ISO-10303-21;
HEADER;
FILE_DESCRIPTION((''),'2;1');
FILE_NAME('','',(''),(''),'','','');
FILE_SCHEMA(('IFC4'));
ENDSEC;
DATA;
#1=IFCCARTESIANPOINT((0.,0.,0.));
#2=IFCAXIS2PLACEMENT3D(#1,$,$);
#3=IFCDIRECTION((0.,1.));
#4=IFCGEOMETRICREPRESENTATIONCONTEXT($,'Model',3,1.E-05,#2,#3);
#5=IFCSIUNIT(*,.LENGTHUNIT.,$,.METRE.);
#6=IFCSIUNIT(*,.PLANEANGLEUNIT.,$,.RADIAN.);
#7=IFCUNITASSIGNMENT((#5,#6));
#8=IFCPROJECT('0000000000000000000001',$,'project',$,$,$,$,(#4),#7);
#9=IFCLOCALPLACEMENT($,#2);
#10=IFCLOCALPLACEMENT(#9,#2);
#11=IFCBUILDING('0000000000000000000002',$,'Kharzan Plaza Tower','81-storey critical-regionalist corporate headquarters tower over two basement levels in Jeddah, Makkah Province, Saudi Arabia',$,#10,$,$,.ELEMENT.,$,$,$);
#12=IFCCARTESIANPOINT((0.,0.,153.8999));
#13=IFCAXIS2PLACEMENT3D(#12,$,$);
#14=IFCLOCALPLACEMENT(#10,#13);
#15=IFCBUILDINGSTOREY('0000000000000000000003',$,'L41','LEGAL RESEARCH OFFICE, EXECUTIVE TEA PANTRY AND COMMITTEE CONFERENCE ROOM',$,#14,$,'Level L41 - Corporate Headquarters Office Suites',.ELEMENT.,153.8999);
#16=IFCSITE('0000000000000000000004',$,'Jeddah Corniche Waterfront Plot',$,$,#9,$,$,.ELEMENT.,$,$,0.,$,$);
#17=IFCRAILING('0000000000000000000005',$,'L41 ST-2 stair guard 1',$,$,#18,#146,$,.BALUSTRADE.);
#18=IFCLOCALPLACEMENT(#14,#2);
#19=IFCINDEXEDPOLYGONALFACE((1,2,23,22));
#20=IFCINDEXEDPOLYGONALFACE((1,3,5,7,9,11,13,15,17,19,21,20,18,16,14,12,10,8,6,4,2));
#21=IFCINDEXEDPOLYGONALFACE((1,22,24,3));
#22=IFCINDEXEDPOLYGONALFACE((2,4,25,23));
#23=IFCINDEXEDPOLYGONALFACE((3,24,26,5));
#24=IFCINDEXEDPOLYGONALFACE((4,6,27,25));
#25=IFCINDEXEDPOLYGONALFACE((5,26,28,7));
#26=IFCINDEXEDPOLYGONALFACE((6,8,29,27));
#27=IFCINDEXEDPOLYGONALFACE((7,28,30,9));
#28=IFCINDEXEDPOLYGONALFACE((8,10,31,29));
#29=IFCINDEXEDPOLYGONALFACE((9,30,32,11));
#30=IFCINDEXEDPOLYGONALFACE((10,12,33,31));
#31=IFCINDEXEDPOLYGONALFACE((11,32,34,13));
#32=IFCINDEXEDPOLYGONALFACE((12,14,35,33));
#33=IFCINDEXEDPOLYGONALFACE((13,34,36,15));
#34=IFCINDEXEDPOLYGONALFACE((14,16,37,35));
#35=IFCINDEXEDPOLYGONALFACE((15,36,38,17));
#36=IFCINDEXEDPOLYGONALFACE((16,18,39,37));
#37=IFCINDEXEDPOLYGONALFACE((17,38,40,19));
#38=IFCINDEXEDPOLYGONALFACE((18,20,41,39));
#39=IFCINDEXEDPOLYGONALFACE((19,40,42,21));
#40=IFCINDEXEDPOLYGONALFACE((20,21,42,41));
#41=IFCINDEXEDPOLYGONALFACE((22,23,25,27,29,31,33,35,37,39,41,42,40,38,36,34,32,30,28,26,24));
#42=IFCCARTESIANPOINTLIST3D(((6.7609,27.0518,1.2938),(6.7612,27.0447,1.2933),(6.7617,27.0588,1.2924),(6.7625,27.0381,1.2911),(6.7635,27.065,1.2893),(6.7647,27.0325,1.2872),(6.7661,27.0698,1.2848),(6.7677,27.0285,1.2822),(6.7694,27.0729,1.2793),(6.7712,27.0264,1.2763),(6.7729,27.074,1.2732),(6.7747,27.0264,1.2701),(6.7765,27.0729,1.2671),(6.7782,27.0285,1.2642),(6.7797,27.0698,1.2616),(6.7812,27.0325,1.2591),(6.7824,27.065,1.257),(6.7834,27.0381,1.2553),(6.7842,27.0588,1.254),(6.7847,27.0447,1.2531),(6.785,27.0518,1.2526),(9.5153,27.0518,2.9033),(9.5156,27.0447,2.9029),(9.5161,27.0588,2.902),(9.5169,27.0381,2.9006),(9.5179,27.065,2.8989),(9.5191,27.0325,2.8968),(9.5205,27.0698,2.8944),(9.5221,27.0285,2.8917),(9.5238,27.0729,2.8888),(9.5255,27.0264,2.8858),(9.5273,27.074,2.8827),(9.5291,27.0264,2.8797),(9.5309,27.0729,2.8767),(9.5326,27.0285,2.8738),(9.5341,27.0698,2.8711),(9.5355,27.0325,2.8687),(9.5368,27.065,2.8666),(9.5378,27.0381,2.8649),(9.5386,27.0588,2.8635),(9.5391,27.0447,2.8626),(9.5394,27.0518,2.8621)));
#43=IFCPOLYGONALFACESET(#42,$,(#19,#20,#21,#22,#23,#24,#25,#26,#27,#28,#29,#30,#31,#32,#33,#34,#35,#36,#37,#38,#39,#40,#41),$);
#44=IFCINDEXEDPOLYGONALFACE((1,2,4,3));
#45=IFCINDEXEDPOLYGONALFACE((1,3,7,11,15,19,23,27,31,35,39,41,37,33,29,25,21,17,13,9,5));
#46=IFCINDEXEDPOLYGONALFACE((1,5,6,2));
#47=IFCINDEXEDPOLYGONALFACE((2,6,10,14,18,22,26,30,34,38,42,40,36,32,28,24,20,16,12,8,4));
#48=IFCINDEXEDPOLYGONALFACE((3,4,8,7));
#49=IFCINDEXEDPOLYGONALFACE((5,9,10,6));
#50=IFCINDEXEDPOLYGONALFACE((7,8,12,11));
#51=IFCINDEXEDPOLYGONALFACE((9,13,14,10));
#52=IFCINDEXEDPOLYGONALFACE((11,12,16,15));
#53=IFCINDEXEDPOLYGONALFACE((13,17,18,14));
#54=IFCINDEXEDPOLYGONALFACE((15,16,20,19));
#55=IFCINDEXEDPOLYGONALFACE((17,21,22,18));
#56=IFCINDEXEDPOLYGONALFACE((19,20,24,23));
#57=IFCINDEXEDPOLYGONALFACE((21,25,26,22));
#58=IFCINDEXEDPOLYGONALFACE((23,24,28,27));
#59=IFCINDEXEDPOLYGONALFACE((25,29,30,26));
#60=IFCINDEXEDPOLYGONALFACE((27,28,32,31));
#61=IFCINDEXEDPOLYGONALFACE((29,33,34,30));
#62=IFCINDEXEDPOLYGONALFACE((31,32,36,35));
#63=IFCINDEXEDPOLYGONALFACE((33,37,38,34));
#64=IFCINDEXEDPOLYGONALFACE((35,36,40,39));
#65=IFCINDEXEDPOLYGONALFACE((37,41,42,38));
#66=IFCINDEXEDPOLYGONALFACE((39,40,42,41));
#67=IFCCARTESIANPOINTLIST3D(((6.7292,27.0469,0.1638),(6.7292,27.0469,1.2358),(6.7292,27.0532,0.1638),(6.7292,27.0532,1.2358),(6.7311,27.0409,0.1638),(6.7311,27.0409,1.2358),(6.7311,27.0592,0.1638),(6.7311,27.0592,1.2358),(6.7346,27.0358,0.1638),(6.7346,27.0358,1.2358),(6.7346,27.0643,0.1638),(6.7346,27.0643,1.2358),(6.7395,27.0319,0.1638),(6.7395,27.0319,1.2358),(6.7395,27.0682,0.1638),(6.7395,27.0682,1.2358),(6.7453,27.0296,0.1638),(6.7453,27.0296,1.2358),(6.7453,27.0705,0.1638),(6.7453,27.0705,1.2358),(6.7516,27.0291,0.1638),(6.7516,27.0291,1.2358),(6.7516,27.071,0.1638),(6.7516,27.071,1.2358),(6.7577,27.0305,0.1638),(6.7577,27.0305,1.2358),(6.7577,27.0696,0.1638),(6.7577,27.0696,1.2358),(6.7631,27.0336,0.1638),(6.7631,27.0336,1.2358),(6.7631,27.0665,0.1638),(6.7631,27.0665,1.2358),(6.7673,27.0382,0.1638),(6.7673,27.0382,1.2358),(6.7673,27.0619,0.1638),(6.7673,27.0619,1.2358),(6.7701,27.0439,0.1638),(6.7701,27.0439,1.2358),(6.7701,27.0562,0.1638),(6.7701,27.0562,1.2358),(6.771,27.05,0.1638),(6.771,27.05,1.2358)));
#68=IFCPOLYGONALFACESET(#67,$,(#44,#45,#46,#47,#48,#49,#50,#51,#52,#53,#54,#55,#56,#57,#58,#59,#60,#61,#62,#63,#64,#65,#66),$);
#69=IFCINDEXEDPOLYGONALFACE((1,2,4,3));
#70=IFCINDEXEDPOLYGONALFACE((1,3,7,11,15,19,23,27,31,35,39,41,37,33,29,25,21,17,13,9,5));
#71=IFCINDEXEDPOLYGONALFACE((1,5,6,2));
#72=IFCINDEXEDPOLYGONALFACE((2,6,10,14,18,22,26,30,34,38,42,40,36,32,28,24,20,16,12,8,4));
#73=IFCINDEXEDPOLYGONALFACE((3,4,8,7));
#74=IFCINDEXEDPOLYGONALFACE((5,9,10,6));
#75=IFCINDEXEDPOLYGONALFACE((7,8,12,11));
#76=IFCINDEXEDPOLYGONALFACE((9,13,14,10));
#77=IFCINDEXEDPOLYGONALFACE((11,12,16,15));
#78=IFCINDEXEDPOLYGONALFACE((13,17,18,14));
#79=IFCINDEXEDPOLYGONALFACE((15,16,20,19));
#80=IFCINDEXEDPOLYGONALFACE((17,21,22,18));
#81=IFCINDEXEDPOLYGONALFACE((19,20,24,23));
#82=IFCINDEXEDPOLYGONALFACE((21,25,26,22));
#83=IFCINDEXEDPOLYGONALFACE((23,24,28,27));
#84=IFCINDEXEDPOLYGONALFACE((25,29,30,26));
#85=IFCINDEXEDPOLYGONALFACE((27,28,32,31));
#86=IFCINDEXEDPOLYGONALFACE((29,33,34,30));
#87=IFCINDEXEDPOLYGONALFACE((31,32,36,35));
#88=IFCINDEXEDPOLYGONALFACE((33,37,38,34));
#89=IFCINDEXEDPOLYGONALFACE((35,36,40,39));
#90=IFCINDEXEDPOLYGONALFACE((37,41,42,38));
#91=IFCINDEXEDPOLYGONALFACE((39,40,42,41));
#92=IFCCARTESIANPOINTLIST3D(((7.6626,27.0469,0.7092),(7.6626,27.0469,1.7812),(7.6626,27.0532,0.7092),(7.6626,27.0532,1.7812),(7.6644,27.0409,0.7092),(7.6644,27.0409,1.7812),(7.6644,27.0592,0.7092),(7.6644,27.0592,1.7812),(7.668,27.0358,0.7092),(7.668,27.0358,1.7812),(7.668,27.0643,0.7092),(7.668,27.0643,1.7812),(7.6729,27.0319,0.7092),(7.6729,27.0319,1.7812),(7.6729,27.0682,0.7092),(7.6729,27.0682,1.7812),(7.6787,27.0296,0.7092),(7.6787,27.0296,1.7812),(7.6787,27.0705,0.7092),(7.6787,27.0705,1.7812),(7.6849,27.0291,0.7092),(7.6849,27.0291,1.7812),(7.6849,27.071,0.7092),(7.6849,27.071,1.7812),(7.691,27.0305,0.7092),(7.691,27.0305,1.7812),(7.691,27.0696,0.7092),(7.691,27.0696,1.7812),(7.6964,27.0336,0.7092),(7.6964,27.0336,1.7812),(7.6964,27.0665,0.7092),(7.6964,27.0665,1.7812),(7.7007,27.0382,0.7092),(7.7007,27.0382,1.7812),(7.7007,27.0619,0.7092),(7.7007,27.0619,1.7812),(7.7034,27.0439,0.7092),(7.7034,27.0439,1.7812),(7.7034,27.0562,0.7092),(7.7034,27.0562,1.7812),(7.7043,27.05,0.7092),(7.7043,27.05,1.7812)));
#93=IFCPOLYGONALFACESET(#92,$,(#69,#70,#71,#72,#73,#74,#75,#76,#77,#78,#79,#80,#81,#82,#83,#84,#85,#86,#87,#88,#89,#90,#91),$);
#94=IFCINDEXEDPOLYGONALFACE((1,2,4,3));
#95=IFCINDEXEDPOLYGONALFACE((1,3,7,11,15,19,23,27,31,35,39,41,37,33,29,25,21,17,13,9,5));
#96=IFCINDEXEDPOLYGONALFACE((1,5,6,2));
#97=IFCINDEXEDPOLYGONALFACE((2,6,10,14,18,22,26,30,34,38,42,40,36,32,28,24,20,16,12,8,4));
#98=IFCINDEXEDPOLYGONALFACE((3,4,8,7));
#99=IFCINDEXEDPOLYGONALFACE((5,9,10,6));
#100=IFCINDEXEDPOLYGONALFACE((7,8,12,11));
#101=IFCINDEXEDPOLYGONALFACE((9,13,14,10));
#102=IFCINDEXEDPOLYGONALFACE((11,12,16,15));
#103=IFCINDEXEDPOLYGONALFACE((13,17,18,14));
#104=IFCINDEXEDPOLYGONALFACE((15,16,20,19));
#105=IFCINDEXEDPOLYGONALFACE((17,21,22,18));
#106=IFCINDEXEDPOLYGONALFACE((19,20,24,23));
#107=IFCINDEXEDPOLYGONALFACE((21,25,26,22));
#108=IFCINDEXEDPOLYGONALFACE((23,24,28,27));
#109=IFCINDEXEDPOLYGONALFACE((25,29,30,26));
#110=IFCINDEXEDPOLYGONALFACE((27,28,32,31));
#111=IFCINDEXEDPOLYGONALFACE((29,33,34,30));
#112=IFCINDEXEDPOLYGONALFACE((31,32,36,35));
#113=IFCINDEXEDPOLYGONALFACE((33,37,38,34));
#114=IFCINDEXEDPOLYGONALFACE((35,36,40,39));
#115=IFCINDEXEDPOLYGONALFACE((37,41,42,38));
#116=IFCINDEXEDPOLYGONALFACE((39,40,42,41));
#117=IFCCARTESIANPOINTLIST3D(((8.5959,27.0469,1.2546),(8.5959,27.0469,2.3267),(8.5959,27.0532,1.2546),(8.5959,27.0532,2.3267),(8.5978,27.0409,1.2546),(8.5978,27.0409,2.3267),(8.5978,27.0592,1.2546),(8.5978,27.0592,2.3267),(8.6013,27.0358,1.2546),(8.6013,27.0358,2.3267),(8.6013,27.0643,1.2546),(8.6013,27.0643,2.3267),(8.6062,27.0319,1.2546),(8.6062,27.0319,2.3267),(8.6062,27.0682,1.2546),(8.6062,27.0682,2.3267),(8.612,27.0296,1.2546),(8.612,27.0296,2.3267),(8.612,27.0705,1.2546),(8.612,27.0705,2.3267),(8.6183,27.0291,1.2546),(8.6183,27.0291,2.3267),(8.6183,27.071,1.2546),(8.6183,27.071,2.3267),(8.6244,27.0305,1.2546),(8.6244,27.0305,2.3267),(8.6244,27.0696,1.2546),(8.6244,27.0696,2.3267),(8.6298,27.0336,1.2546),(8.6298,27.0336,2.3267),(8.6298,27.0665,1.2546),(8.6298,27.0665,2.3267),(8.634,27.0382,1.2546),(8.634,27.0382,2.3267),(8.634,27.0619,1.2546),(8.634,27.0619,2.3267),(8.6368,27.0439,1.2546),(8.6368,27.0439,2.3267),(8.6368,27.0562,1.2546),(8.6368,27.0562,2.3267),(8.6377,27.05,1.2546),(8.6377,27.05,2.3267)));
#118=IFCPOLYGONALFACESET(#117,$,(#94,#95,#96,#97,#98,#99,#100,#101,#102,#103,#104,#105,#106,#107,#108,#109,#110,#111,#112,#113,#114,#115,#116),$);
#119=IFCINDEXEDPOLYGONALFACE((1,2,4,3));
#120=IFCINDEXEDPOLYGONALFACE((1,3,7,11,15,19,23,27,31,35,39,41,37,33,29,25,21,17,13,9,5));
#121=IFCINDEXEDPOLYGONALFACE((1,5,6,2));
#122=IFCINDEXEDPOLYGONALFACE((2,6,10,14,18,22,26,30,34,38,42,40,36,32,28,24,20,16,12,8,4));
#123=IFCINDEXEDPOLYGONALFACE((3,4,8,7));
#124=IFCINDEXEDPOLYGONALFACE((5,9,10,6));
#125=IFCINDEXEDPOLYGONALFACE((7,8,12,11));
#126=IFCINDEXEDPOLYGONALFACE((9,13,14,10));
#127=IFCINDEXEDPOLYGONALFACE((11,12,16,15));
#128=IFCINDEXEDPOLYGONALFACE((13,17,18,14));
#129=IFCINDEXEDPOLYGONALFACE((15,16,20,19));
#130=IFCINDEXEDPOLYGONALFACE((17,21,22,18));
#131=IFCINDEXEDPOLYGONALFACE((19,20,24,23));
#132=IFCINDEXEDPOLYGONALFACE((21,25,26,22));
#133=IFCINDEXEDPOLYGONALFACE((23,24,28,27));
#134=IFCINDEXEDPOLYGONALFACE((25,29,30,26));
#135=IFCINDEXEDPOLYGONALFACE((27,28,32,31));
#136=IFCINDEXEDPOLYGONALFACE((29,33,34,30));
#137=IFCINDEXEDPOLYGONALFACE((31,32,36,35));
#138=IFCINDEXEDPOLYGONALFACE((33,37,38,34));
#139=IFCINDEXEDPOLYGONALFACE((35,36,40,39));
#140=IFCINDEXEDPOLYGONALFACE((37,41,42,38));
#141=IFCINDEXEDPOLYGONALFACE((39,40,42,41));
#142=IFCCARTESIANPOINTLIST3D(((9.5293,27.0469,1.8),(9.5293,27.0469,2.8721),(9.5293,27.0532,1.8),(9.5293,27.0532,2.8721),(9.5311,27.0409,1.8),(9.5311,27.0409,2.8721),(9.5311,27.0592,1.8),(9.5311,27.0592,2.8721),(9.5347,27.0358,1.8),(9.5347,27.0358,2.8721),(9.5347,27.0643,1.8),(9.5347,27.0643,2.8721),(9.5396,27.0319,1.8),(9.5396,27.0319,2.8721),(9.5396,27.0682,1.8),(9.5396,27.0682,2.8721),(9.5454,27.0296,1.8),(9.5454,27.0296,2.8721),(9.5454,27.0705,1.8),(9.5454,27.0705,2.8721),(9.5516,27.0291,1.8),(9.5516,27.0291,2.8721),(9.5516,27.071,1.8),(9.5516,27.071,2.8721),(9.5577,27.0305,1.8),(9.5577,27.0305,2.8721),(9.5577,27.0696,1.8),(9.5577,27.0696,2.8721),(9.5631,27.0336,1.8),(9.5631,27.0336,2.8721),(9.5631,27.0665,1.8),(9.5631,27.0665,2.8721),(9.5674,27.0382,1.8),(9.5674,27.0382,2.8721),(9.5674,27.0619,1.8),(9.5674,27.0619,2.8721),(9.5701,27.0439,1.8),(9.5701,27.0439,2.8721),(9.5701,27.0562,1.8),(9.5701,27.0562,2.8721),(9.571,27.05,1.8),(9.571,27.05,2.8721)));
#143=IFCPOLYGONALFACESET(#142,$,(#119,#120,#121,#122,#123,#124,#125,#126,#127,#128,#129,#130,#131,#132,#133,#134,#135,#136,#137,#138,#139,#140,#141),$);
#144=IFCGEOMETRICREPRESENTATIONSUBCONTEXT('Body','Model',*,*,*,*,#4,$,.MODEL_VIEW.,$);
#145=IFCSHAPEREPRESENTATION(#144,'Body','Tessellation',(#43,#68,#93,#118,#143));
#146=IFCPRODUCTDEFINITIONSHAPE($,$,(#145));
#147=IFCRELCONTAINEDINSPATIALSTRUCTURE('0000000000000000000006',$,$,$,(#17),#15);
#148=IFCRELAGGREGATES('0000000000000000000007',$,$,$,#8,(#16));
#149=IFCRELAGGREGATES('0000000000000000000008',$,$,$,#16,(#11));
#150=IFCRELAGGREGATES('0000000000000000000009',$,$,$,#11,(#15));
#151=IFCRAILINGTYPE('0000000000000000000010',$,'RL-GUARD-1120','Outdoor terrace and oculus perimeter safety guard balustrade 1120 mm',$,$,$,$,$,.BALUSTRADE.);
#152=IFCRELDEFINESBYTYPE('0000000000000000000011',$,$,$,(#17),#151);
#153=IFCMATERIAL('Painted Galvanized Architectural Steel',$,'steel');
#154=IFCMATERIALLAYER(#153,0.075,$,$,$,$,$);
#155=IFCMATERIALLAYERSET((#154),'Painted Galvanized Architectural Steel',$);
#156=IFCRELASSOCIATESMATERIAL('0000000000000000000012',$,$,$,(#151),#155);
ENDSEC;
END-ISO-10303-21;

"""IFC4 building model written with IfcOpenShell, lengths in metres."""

from ifc_helpers import new_model, si_unit, direction, frame, origin, origin_2d, place, context, subcontext, project, spatial, circle, extrude, source, transform, mapped, material, layer, layer_set, type_object, element, save


model = new_model("IFC4")

# Units and contexts
model_context = context("Model", 3, precision=1e-05, world=origin(), true_north=direction((0.0, 1.0)))
body_context = subcontext(model_context, "Body", "Model", "MODEL_VIEW")
ifc_project = project(units=[si_unit("LENGTHUNIT", "METRE"), si_unit("PLANEANGLEUNIT", "RADIAN")], contexts=[model_context])

# Site, building, storey
site_placement = place(None, origin())
site = spatial("IfcSite", under=ifc_project, at=site_placement, Name="Jeddah Corniche Waterfront Plot", CompositionType="ELEMENT", RefElevation=0.0)
building_placement = place(site_placement, origin())
building = spatial("IfcBuilding", under=site, at=building_placement, Name="Kharzan Plaza Tower", Description="81-storey critical-regionalist corporate headquarters tower over two basement levels in Jeddah, Makkah Province, Saudi Arabia", CompositionType="ELEMENT")
storey_placement = place(building_placement, frame((0.0, 0.0, 153.8999)))
storey = spatial("IfcBuildingStorey", under=building, at=storey_placement, Name="L41", Description="LEGAL RESEARCH OFFICE, EXECUTIVE TEA PANTRY AND COMMITTEE CONFERENCE ROOM", LongName="Level L41 - Corporate Headquarters Office Suites", CompositionType="ELEMENT", Elevation=153.8999)

# Railing
ifc_material_1 = material(Name="Painted Galvanized Architectural Steel", Category="steel")
ifc_layer_1 = layer(ifc_material_1, 0.075)
ifc_layer_set_1 = layer_set([ifc_layer_1], Name="Painted Galvanized Architectural Steel")
railing_type_1 = type_object("IfcRailingType", Name="RL-GUARD-1120", Description="Outdoor terrace and oculus perimeter safety guard balustrade 1120 mm", PredefinedType="BALUSTRADE", material=ifc_layer_set_1)
shared_shape_1 = source(origin(), body_context, "Body", "SweptSolid", [
    extrude(circle(Radius=0.0239, at=origin_2d()), frame((0.0229, 0.0, 1.1094), z_axis=(0.863394, 0.0, 0.504531), x_axis=(0.0, 1.0, 0.0)), (0.0, 0.0, 1.0), 3.1902),
    extrude(circle(Radius=0.021, at=origin_2d()), origin(), (0.0, 0.0, 1.0), 1.072),
    extrude(circle(Radius=0.021, at=origin_2d()), frame((0.9333, 0.0, 0.5454)), (0.0, 0.0, 1.0), 1.072),
    extrude(circle(Radius=0.021, at=origin_2d()), frame((1.8667, 0.0, 1.0908)), (0.0, 0.0, 1.0), 1.072),
    extrude(circle(Radius=0.021, at=origin_2d()), frame((2.8, 0.0, 1.6362)), (0.0, 0.0, 1.0), 1.072),
])
railing_1_placement = place(storey_placement, frame((6.75, 27.05, 0.1638)))
element("IfcRailing", 1, at=railing_1_placement, inside=storey, type_object=railing_type_1, Name="L41 ST-2 stair guard 1", PredefinedType="BALUSTRADE", context=body_context, shape_type="MappedRepresentation", body=[
    mapped(shared_shape_1, transform((0.0, 0.0, 0.0), x_axis=(1.0, 0.0, 0.0), y_axis=(0.0, 1.0, 0.0), z_axis=(0.0, 0.0, 1.0))),
])

save(model, "model.ifc")
